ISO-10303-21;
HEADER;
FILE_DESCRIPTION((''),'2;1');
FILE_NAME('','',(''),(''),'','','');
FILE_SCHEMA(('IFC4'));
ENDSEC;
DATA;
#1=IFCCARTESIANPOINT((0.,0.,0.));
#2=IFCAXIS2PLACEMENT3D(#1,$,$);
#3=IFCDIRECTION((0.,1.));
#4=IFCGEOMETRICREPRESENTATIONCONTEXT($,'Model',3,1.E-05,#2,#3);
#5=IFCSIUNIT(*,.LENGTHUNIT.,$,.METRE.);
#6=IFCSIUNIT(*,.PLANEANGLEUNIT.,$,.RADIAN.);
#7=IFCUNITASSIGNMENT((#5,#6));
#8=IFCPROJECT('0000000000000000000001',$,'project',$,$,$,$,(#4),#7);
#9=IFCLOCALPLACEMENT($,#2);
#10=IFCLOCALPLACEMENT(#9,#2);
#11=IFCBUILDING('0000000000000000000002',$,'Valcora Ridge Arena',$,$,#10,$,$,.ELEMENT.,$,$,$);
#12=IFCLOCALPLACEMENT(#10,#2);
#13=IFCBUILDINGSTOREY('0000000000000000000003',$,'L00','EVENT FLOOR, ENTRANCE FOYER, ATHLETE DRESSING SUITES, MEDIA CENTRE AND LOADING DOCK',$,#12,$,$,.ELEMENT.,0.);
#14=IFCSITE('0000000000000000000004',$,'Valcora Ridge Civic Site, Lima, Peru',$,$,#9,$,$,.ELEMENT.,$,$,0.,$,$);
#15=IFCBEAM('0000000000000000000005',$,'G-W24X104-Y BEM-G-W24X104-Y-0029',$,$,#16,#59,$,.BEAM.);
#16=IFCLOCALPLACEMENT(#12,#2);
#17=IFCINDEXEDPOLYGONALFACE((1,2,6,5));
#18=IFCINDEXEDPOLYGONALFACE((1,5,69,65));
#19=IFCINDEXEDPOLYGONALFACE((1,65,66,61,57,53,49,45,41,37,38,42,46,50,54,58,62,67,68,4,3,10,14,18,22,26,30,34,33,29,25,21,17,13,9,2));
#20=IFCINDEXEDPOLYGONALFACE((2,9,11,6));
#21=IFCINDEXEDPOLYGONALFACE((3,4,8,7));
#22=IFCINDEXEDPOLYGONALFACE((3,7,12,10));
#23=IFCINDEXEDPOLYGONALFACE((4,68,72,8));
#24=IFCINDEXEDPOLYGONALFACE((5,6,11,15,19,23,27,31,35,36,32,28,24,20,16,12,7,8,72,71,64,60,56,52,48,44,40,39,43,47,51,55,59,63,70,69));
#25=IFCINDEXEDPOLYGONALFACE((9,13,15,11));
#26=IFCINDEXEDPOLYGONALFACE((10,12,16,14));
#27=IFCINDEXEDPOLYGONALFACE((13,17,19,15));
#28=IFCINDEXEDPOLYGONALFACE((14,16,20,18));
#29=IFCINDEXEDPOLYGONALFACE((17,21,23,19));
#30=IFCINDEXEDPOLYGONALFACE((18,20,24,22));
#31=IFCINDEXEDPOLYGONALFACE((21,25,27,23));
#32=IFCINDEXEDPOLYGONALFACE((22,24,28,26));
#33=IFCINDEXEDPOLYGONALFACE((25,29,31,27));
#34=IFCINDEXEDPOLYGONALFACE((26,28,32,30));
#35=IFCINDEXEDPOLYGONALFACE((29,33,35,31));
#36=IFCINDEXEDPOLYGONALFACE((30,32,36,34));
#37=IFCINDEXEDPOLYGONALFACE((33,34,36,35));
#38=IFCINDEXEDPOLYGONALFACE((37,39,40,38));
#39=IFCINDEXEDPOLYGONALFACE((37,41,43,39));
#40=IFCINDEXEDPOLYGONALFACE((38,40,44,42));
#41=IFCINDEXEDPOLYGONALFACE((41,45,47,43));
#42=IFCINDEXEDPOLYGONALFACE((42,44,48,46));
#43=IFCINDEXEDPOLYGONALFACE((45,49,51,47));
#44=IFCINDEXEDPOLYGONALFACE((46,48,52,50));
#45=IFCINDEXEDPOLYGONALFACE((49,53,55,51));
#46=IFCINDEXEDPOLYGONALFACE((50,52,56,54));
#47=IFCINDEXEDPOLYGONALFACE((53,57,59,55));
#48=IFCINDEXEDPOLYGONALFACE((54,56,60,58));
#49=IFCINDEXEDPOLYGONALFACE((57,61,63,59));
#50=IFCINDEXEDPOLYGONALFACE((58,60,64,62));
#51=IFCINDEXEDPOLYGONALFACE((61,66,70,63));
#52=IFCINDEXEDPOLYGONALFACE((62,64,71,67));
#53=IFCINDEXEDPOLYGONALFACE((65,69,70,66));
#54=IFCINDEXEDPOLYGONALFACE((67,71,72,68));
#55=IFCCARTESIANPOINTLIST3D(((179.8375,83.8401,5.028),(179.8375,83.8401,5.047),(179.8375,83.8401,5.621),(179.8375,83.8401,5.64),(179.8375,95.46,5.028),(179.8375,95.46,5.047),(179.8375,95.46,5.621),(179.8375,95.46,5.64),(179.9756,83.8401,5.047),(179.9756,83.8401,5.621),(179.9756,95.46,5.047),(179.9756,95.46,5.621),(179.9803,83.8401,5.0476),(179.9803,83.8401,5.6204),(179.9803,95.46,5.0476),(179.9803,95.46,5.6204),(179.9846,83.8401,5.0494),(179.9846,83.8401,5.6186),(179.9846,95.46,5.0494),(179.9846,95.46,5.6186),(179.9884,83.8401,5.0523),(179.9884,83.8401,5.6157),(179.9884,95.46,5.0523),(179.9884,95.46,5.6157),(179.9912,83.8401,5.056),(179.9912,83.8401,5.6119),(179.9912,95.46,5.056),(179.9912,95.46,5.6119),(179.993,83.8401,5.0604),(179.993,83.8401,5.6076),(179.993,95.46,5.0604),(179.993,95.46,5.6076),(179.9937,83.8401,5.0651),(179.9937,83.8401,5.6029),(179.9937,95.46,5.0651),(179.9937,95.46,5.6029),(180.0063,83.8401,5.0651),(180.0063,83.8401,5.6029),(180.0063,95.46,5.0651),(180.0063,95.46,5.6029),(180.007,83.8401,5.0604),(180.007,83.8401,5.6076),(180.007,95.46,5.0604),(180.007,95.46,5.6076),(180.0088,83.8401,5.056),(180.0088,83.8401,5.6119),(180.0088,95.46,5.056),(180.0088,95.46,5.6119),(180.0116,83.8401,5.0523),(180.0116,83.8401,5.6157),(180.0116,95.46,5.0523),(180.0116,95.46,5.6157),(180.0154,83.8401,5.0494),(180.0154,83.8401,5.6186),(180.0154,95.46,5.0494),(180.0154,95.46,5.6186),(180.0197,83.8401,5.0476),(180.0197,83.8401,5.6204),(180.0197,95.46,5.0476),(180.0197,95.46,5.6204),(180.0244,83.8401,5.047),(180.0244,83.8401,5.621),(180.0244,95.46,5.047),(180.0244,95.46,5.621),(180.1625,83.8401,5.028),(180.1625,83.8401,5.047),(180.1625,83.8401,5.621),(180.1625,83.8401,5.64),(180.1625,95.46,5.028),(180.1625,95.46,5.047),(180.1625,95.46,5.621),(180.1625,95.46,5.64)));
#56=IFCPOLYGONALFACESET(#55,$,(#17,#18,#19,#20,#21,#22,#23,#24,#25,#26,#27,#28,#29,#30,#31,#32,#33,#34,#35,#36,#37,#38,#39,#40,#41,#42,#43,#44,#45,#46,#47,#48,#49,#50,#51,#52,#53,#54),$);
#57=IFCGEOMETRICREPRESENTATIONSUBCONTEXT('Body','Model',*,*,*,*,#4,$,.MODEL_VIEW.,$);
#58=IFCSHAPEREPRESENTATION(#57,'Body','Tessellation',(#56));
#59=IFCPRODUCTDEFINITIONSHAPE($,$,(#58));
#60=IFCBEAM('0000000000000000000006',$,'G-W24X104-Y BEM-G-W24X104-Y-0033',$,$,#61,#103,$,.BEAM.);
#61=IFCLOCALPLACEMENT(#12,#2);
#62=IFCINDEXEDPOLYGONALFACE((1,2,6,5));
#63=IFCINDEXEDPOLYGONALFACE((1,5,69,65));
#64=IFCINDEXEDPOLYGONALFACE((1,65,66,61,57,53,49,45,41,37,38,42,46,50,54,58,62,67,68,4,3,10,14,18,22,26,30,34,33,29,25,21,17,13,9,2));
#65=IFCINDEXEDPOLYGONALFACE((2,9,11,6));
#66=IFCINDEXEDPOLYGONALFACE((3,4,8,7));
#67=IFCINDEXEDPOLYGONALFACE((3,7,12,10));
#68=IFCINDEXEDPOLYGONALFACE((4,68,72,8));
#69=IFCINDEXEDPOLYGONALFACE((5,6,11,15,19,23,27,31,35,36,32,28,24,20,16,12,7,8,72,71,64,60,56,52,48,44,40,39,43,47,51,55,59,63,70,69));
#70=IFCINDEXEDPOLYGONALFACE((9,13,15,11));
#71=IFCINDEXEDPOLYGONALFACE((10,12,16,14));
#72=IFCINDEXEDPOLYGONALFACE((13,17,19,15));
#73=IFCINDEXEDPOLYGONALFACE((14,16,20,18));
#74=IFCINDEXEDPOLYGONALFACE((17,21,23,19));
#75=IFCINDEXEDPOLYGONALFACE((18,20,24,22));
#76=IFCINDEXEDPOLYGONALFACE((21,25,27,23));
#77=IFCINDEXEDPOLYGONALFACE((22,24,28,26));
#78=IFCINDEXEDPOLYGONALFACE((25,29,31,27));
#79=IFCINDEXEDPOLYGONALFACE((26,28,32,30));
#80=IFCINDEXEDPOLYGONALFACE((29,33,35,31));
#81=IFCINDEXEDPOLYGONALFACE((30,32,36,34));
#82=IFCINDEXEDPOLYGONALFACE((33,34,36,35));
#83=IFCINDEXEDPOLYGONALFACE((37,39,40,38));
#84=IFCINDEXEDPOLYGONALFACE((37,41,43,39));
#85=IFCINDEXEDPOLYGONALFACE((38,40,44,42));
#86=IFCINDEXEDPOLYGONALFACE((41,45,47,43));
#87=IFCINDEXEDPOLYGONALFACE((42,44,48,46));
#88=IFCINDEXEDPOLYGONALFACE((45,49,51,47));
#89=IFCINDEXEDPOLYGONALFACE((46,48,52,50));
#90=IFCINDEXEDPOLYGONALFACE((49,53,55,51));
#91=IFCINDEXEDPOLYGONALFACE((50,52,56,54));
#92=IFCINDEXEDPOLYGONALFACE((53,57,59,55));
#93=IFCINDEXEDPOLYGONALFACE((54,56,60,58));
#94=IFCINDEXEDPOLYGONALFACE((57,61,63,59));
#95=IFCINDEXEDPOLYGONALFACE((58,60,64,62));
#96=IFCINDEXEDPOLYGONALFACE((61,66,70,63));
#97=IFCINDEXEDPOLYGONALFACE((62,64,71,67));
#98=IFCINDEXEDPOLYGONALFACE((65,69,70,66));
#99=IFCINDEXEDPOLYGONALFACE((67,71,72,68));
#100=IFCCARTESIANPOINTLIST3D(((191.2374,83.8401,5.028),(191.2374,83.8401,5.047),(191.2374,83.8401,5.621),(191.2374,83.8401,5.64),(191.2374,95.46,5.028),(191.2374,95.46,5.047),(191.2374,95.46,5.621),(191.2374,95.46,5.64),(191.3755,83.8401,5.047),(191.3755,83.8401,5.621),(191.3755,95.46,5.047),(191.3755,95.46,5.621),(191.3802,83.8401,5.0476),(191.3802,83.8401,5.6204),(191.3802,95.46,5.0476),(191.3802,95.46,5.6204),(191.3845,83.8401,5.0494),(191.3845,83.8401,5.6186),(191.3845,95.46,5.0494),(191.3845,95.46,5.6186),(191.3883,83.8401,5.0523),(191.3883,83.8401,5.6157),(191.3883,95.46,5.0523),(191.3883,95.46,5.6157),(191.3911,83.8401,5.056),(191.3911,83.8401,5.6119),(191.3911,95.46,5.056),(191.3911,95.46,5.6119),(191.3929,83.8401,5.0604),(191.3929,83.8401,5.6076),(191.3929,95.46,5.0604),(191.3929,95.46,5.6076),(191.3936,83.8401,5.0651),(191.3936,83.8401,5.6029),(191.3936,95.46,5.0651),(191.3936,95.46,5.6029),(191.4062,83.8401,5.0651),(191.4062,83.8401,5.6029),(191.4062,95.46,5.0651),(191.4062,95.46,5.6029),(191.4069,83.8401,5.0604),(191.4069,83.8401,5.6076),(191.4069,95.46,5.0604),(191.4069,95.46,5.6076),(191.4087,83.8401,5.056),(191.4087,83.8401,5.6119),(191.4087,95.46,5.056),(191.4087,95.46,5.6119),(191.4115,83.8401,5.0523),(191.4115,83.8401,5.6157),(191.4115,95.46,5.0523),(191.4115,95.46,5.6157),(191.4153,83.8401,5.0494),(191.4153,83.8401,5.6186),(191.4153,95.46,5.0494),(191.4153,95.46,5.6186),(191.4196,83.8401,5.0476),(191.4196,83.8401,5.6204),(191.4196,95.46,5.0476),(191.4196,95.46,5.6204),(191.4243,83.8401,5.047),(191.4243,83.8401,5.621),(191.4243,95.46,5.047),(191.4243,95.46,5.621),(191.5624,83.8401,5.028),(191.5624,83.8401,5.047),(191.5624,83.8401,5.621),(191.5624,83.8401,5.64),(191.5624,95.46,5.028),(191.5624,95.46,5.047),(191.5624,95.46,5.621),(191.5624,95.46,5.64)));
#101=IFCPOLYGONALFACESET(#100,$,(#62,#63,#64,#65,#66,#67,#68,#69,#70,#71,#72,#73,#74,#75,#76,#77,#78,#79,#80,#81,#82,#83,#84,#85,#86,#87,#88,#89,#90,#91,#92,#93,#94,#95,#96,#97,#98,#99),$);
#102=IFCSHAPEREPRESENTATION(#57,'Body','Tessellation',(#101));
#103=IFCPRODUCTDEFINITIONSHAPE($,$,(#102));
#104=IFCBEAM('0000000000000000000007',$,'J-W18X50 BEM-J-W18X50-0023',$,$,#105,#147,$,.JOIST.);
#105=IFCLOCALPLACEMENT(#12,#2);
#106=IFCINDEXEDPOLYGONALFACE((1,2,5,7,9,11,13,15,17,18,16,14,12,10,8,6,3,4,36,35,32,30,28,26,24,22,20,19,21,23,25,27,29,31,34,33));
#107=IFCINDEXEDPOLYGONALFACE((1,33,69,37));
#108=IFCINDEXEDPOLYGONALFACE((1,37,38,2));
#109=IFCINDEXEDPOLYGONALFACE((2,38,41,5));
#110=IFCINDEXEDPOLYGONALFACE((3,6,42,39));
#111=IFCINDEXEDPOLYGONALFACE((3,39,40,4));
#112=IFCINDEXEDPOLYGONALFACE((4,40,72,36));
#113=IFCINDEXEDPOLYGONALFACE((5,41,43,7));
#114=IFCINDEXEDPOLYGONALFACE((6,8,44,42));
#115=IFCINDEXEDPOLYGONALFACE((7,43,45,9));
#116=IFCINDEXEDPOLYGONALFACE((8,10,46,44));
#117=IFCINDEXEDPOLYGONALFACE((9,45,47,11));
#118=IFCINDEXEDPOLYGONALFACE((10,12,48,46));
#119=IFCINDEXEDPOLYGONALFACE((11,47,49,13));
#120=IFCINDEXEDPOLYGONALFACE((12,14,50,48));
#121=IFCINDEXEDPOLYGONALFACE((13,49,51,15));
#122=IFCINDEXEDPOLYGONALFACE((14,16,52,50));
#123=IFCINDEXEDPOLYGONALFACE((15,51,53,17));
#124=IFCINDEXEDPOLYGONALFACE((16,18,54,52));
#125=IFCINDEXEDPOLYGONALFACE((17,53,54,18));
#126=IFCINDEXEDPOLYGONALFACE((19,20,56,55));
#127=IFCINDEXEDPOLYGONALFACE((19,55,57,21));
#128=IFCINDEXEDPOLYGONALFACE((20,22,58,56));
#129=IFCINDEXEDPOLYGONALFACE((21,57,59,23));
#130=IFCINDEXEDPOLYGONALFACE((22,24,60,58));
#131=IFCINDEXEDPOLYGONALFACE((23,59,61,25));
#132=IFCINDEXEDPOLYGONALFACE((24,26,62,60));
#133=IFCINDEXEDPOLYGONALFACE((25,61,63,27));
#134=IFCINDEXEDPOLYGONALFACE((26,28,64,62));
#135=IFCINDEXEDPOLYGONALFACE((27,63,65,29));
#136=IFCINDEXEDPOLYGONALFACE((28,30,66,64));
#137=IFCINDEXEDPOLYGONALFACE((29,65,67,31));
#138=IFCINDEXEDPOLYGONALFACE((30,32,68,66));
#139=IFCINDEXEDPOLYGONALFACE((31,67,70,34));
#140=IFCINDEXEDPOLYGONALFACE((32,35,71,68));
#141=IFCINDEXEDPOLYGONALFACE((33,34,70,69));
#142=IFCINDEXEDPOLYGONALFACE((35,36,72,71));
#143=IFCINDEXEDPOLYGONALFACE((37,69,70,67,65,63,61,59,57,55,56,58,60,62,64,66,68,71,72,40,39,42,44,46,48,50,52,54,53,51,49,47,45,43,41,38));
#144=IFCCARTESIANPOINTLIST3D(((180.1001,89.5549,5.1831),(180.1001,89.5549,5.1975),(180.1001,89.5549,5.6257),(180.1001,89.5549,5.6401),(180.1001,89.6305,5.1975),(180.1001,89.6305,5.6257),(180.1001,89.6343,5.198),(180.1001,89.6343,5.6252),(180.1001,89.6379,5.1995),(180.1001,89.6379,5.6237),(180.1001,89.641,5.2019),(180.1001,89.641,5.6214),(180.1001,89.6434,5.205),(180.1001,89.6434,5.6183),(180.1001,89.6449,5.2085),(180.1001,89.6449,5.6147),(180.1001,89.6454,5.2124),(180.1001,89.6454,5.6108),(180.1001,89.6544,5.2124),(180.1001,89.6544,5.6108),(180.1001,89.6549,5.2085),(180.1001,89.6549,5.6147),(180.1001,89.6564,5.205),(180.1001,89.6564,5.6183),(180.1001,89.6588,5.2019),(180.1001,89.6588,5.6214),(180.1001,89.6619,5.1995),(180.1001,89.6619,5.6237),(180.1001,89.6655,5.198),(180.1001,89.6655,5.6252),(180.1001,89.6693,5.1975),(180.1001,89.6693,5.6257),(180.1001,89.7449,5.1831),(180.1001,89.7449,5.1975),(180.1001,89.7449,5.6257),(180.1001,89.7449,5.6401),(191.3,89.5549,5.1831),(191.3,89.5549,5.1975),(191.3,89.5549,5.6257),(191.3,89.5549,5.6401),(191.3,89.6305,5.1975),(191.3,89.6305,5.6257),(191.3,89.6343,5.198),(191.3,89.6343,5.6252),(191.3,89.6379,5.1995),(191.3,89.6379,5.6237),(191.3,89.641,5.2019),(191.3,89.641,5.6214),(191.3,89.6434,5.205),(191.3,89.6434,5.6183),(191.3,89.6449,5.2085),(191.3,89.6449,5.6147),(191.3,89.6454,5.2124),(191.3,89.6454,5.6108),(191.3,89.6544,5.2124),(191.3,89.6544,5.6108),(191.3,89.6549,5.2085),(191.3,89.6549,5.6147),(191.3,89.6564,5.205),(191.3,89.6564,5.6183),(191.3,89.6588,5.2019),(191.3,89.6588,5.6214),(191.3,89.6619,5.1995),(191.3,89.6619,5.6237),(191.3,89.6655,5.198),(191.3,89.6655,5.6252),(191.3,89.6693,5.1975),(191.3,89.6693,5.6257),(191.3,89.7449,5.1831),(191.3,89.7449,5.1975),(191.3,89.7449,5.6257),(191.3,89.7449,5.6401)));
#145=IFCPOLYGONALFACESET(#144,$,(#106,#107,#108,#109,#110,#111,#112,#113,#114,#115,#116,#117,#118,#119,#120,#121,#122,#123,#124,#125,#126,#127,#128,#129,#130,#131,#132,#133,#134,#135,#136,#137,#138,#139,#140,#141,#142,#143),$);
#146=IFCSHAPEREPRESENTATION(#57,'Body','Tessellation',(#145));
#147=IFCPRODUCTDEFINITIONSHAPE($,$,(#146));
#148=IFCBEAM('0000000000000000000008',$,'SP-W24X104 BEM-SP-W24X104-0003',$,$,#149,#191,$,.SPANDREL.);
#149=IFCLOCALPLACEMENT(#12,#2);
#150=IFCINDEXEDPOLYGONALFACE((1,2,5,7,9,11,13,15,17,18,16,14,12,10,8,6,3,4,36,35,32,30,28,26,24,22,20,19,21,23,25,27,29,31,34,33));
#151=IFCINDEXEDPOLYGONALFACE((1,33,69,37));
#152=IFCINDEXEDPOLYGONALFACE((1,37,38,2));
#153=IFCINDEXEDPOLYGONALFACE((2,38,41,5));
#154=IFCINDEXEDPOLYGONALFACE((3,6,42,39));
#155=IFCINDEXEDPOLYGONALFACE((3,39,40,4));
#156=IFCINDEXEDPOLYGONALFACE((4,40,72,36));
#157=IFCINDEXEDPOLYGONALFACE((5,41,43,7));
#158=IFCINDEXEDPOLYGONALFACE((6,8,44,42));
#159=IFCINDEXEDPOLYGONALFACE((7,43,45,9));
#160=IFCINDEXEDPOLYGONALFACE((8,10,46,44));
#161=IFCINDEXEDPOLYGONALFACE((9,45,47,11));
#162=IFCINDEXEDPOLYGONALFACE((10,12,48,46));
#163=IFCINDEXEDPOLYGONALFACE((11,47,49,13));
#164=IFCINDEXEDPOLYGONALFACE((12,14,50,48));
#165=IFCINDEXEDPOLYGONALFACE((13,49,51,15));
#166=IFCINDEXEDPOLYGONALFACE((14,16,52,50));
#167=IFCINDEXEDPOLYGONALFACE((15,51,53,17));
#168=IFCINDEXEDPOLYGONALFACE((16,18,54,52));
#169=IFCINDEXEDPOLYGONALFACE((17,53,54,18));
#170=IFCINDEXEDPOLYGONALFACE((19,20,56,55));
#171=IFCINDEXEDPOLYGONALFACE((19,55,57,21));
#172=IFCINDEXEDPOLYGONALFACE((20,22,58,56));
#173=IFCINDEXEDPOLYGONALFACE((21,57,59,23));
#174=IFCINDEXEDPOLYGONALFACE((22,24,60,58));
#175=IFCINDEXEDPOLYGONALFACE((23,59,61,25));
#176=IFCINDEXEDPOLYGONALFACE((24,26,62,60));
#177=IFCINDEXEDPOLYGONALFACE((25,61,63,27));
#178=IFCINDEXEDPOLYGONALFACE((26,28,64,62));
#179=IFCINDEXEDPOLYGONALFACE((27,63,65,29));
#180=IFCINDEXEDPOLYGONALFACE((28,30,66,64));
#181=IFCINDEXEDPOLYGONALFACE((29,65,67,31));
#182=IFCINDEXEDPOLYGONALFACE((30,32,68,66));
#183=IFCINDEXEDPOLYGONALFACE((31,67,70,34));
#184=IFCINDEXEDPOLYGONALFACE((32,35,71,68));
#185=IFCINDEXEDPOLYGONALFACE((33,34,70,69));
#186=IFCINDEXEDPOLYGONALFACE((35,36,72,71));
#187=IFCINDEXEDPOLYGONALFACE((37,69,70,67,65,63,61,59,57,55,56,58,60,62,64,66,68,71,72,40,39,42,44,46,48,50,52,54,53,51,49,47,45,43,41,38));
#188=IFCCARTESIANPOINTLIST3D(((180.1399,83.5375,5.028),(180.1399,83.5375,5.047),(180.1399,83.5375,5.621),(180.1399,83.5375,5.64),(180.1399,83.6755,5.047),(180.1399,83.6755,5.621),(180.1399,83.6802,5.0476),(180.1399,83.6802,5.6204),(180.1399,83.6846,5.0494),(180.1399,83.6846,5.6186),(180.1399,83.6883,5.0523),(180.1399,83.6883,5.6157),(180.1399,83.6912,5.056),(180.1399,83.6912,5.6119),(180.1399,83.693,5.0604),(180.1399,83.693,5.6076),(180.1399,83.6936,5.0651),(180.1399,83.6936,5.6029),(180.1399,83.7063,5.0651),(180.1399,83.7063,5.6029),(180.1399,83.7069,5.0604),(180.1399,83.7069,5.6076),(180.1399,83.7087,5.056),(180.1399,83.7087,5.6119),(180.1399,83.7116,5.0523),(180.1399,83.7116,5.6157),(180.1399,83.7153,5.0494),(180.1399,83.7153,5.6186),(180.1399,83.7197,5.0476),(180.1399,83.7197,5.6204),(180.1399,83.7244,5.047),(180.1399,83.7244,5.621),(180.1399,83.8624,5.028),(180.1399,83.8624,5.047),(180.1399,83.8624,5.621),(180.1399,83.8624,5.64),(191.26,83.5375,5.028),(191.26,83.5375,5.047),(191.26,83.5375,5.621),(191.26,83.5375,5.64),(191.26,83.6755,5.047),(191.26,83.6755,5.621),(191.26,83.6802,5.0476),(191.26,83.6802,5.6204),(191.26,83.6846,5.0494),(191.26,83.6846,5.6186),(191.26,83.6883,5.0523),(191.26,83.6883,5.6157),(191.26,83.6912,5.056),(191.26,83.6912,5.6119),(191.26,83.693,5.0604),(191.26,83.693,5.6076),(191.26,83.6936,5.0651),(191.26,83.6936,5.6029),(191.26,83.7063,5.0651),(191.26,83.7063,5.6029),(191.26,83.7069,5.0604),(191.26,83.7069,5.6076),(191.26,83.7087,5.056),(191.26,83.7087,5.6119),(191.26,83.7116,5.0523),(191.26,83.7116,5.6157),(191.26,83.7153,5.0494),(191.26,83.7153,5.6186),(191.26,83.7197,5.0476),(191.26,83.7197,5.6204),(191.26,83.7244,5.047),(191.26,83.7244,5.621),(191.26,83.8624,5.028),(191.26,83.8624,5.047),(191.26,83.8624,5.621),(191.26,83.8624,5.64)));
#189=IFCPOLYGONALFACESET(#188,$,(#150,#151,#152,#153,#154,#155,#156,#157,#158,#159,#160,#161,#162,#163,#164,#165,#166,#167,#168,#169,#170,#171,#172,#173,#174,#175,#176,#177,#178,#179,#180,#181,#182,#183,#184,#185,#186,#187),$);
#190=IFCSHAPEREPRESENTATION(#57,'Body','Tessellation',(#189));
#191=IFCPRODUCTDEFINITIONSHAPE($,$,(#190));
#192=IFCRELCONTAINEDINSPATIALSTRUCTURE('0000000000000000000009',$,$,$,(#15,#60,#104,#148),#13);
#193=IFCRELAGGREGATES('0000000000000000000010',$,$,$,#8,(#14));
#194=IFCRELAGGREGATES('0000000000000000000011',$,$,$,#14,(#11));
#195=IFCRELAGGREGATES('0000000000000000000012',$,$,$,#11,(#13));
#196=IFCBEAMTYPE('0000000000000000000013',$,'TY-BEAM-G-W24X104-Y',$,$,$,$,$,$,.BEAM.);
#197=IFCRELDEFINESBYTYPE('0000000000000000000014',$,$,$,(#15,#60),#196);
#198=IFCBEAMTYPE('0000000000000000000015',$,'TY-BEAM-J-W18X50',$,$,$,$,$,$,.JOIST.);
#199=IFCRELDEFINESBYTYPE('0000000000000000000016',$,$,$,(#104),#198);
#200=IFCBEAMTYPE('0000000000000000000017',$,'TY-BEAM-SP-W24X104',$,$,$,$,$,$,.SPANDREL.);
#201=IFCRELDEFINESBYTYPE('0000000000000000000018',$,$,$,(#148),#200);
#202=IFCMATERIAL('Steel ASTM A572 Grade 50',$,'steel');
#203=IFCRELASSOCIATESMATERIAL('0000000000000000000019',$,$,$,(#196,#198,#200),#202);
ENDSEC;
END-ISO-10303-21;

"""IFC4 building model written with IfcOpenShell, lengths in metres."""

from ifc_helpers import new_model, si_unit, direction, frame, origin, origin_2d, place, context, subcontext, project, spatial, i_section, extrude, material, material_profile, profile_set, type_object, element, save


model = new_model("IFC4")

# Units and contexts
model_context = context("Model", 3, precision=1e-05, world=origin(), true_north=direction((0.0, 1.0)))
body_context = subcontext(model_context, "Body", "Model", "MODEL_VIEW")
ifc_project = project(units=[si_unit("LENGTHUNIT", "METRE"), si_unit("PLANEANGLEUNIT", "RADIAN")], contexts=[model_context])

# Site, building, storey
site_placement = place(None, origin())
site = spatial("IfcSite", under=ifc_project, at=site_placement, Name="Valcora Ridge Civic Site, Lima, Peru", CompositionType="ELEMENT", RefElevation=0.0)
building_placement = place(site_placement, origin())
building = spatial("IfcBuilding", under=site, at=building_placement, Name="Valcora Ridge Arena", CompositionType="ELEMENT")
storey_placement = place(building_placement, origin())
storey = spatial("IfcBuildingStorey", under=building, at=storey_placement, Name="L00", Description="EVENT FLOOR, ENTRANCE FOYER, ATHLETE DRESSING SUITES, MEDIA CENTRE AND LOADING DOCK", CompositionType="ELEMENT", Elevation=0.0)

# Beams
ifc_material_1 = material(Name="Steel ASTM A572 Grade 50", Category="steel")
ifc_material_profile_1 = material_profile(ifc_material_1, i_section(OverallWidth=0.325, OverallDepth=0.6121, WebThickness=0.0127, FlangeThickness=0.019, FilletRadius=0.0181, at=origin_2d()), Name="W24X104")
ifc_profile_set_1 = profile_set([ifc_material_profile_1], Name="Steel ASTM A572 Grade 50")
beam_type_1 = type_object("IfcBeamType", Name="TY-BEAM-G-W24X104-Y", PredefinedType="BEAM", material=ifc_profile_set_1)
for number, where, z_axis, x_axis, name in (
    (1, (180.0, 83.8401, 5.334), (0.0, 1.0, 0.0), (-1.0, 0.0, 0.0), "G-W24X104-Y BEM-G-W24X104-Y-0029"),
    (2, (191.3999, 83.8401, 5.334), (0.0, 1.0, 0.0), (-1.0, 0.0, 0.0), "G-W24X104-Y BEM-G-W24X104-Y-0033"),
):
    element("IfcBeam", number, at=place(storey_placement, frame(where, z_axis=z_axis, x_axis=x_axis)), inside=storey, type_object=beam_type_1, Name=name, PredefinedType="BEAM", context=body_context, shape_type="SweptSolid", body=[
        extrude(i_section(OverallWidth=0.325, OverallDepth=0.6121, WebThickness=0.0127, FlangeThickness=0.019, FilletRadius=0.0181, at=origin_2d()), origin(), (0.0, 0.0, 1.0), 11.6199),
    ])
ifc_material_profile_2 = material_profile(ifc_material_1, i_section(OverallWidth=0.1899, OverallDepth=0.457, WebThickness=0.009, FlangeThickness=0.0144, FilletRadius=0.0149, at=origin_2d()), Name="W18X50")
ifc_profile_set_2 = profile_set([ifc_material_profile_2], Name="Steel ASTM A572 Grade 50")
beam_type_2 = type_object("IfcBeamType", Name="TY-BEAM-J-W18X50", PredefinedType="JOIST", material=ifc_profile_set_2)
beam_1_placement = place(storey_placement, frame((180.1001, 89.6499, 5.4116), z_axis=(1.0, 0.0, 0.0), x_axis=(0.0, 1.0, 0.0)))
element("IfcBeam", 3, at=beam_1_placement, inside=storey, type_object=beam_type_2, Name="J-W18X50 BEM-J-W18X50-0023", PredefinedType="JOIST", context=body_context, shape_type="SweptSolid", body=[
    extrude(i_section(OverallWidth=0.1899, OverallDepth=0.457, WebThickness=0.009, FlangeThickness=0.0144, FilletRadius=0.0149, at=origin_2d()), origin(), (0.0, 0.0, 1.0), 11.2),
])
ifc_material_profile_3 = material_profile(ifc_material_1, i_section(OverallWidth=0.325, OverallDepth=0.6121, WebThickness=0.0127, FlangeThickness=0.019, FilletRadius=0.0181, at=origin_2d()), Name="W24X104")
ifc_profile_set_3 = profile_set([ifc_material_profile_3], Name="Steel ASTM A572 Grade 50")
beam_type_3 = type_object("IfcBeamType", Name="TY-BEAM-SP-W24X104", PredefinedType="SPANDREL", material=ifc_profile_set_3)
beam_2_placement = place(storey_placement, frame((180.1399, 83.7, 5.334), z_axis=(1.0, 0.0, 0.0), x_axis=(0.0, 1.0, 0.0)))
element("IfcBeam", 4, at=beam_2_placement, inside=storey, type_object=beam_type_3, Name="SP-W24X104 BEM-SP-W24X104-0003", PredefinedType="SPANDREL", context=body_context, shape_type="SweptSolid", body=[
    extrude(i_section(OverallWidth=0.325, OverallDepth=0.6121, WebThickness=0.0127, FlangeThickness=0.019, FilletRadius=0.0181, at=origin_2d()), origin(), (0.0, 0.0, 1.0), 11.1201),
])

save(model, "model.ifc")
